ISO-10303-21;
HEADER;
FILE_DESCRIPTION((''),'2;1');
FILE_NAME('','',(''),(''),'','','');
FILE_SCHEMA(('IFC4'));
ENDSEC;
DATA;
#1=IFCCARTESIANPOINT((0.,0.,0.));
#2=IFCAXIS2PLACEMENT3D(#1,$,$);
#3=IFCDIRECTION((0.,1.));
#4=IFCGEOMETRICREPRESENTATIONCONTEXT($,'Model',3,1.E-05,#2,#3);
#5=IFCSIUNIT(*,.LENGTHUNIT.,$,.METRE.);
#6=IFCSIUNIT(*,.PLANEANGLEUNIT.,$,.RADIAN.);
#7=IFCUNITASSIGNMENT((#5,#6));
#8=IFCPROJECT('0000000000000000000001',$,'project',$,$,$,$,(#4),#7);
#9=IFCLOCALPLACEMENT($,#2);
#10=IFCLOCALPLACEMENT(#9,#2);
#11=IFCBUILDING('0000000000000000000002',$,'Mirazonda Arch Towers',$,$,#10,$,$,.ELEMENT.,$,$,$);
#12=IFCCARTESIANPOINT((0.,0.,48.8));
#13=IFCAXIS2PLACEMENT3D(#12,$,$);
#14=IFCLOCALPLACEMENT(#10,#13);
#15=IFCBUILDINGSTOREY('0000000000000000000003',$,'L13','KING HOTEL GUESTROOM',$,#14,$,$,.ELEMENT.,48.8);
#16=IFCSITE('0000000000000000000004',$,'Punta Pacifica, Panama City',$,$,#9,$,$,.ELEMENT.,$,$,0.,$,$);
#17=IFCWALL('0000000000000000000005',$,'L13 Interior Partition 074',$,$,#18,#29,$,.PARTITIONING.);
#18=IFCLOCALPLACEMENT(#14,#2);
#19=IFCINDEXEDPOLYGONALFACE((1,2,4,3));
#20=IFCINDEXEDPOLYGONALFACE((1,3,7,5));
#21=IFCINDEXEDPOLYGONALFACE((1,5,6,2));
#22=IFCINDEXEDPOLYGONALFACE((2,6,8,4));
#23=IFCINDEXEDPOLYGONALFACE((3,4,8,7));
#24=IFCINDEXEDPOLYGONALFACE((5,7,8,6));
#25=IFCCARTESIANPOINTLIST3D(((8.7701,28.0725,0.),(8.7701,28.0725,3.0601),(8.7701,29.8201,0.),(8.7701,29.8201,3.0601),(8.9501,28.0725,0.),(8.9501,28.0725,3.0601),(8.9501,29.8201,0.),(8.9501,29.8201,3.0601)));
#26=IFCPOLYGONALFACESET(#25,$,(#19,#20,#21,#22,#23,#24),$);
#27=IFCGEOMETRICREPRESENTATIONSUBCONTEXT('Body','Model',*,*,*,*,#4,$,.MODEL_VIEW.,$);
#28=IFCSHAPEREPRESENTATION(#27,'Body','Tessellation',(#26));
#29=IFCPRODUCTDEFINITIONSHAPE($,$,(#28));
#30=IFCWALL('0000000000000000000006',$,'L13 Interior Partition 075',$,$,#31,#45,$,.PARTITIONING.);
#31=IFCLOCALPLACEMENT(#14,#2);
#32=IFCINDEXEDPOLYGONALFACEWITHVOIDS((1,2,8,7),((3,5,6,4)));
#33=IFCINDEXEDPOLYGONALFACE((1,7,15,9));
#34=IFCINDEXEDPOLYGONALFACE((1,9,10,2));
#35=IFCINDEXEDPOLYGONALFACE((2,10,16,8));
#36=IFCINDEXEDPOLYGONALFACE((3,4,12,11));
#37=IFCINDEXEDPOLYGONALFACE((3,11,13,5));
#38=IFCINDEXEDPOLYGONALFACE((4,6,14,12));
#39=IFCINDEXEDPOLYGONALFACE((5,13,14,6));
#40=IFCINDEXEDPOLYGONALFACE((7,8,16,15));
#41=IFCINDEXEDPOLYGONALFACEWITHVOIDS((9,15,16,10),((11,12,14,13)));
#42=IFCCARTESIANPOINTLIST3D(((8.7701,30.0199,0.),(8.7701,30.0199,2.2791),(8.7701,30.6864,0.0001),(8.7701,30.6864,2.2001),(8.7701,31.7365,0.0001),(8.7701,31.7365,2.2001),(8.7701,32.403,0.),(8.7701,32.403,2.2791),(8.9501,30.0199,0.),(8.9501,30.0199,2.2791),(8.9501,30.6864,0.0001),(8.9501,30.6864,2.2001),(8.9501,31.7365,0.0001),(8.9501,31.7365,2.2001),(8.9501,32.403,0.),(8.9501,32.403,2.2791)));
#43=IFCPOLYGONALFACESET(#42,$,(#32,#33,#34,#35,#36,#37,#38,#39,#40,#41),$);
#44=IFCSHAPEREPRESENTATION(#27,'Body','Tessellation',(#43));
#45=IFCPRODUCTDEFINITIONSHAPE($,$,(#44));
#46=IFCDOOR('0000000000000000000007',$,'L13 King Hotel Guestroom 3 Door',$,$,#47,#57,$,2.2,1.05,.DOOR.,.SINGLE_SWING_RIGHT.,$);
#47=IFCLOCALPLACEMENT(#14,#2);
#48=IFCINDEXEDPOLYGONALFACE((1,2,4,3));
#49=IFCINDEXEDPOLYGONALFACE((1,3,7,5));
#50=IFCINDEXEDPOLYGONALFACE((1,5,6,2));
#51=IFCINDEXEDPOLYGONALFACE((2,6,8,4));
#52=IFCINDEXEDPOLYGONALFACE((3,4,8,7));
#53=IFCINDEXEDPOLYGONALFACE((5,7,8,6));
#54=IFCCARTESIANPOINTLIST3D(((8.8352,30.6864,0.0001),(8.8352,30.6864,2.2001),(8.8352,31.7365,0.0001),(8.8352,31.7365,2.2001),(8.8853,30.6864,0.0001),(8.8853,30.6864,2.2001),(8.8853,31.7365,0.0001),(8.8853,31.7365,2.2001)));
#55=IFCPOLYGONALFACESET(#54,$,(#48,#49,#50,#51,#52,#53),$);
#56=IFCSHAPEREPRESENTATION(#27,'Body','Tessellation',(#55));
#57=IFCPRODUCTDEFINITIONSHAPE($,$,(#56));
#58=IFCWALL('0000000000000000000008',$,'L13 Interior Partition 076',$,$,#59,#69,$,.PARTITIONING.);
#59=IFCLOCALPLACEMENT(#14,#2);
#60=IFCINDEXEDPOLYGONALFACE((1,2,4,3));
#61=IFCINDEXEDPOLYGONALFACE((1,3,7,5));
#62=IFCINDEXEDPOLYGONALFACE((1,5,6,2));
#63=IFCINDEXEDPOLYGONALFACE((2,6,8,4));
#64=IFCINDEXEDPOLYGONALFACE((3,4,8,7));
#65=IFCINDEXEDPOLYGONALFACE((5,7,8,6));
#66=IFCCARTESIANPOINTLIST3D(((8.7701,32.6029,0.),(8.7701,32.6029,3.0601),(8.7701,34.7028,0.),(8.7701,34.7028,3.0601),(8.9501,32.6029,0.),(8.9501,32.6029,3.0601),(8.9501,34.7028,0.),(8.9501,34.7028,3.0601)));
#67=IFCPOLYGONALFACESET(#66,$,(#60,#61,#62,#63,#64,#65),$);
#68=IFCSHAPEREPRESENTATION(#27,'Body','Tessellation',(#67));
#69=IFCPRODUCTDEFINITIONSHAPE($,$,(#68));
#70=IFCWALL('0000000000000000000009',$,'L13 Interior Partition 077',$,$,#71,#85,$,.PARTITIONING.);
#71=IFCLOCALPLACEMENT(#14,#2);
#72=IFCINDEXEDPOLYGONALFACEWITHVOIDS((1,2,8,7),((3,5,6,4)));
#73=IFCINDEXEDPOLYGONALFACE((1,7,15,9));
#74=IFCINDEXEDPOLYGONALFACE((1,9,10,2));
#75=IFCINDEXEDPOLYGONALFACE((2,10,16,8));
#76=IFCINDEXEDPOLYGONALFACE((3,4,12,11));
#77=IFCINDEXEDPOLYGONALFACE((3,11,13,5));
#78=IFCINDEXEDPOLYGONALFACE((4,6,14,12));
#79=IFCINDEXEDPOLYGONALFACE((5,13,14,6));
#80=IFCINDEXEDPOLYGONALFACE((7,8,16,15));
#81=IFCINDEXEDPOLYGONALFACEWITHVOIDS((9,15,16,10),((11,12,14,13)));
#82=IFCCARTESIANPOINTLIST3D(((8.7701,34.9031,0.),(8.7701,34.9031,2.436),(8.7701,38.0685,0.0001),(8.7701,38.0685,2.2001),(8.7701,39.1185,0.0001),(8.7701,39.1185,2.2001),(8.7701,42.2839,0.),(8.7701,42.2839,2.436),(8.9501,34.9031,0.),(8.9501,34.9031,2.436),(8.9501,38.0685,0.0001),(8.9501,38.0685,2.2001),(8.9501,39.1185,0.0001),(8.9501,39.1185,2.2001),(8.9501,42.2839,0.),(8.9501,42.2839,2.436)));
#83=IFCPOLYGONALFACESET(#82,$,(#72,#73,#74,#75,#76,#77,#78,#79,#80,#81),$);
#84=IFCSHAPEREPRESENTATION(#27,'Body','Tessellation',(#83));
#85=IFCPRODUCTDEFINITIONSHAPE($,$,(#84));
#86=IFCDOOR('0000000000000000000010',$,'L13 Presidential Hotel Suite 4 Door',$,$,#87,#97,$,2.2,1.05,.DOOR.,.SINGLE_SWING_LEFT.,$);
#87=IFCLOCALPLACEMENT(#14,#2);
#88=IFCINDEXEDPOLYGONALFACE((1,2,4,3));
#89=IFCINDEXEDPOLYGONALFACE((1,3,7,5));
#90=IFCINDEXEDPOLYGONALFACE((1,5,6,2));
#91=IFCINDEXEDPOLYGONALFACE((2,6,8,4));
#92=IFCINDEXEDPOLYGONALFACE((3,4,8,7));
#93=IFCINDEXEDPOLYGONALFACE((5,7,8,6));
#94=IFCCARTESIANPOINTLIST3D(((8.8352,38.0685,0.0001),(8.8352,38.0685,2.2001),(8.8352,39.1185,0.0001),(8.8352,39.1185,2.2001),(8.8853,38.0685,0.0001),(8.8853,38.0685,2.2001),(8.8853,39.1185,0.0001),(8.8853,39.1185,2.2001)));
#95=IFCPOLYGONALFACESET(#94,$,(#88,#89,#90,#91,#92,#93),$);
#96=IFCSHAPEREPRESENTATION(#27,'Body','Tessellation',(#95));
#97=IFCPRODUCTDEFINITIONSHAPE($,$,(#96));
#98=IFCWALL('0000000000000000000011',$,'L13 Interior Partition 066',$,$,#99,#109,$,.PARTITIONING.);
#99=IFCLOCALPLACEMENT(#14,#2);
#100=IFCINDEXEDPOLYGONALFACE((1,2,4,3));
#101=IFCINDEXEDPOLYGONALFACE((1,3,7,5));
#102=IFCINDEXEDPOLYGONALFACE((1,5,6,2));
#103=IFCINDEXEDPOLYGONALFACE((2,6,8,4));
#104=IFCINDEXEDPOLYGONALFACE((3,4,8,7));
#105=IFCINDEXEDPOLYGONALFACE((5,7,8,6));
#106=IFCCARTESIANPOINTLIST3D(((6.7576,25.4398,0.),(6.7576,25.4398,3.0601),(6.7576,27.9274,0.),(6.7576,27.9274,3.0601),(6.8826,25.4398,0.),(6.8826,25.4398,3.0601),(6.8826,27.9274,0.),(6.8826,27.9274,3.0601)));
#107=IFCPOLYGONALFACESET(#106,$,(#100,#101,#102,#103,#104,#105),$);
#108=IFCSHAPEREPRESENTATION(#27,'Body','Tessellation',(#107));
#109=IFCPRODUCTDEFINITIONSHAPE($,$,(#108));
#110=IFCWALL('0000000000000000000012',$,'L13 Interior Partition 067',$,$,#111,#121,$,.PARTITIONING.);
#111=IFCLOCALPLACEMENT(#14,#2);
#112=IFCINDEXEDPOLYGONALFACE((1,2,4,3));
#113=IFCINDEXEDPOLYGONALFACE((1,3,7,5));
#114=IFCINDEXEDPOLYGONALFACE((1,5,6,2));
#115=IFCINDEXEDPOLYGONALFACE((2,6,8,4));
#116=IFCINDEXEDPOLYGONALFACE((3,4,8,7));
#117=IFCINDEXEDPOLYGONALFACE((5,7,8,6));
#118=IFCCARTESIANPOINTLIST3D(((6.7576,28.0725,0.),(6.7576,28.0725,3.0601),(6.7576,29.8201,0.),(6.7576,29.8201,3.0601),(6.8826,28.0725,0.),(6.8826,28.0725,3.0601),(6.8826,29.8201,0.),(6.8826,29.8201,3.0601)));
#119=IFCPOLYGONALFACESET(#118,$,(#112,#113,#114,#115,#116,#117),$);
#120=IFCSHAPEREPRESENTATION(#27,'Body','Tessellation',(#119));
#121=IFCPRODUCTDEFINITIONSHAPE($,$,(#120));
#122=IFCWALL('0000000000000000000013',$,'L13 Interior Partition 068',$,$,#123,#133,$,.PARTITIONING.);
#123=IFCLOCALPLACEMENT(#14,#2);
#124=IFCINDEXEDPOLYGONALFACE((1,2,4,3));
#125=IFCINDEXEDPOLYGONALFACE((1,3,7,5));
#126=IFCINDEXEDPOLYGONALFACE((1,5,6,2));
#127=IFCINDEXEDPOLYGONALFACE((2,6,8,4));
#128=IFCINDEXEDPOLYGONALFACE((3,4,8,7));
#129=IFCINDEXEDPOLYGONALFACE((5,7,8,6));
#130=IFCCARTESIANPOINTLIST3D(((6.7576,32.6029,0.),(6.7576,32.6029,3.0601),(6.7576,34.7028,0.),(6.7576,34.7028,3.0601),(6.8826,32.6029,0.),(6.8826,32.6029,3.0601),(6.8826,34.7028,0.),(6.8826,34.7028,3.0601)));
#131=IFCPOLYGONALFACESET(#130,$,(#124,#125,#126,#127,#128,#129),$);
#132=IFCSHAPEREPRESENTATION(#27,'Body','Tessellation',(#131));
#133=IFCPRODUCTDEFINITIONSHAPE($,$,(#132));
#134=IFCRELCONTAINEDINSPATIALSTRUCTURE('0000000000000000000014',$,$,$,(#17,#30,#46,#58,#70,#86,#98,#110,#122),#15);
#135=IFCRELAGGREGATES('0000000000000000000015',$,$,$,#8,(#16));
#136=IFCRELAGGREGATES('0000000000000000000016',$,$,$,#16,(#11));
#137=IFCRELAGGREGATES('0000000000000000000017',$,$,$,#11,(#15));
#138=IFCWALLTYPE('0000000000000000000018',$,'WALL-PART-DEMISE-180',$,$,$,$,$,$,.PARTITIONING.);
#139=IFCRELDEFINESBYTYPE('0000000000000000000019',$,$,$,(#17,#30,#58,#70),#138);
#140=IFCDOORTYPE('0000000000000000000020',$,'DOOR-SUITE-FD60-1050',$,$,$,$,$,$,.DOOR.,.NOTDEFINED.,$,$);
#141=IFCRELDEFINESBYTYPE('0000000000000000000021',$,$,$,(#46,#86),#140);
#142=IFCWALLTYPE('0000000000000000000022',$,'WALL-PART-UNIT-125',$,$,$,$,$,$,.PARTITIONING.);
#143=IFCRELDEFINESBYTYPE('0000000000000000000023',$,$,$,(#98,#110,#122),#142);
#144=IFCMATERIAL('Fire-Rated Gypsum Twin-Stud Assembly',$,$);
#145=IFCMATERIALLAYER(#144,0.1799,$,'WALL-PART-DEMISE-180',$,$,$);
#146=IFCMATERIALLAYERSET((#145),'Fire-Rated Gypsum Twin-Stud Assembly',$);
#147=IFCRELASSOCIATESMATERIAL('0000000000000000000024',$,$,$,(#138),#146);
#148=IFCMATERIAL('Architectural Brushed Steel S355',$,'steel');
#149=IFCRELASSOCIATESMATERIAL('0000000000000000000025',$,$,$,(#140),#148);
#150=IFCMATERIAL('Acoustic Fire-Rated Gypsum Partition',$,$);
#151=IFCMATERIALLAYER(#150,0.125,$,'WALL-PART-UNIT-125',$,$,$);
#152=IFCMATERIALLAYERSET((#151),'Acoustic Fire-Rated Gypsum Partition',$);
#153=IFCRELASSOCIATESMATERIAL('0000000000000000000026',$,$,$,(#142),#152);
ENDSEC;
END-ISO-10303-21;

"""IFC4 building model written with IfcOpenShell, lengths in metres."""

from ifc_helpers import new_model, si_unit, direction, frame, frame_2d, origin, place, context, subcontext, project, spatial, rectangle, extrude, material, layer, layer_set, type_object, element, fill, save


model = new_model("IFC4")

# Units and contexts
model_context = context("Model", 3, precision=1e-05, world=origin(), true_north=direction((0.0, 1.0)))
body_context = subcontext(model_context, "Body", "Model", "MODEL_VIEW")
ifc_project = project(units=[si_unit("LENGTHUNIT", "METRE"), si_unit("PLANEANGLEUNIT", "RADIAN")], contexts=[model_context])

# Site, building, storey
site_placement = place(None, origin())
site = spatial("IfcSite", under=ifc_project, at=site_placement, Name="Punta Pacifica, Panama City", CompositionType="ELEMENT", RefElevation=0.0)
building_placement = place(site_placement, origin())
building = spatial("IfcBuilding", under=site, at=building_placement, Name="Mirazonda Arch Towers", CompositionType="ELEMENT")
storey_placement = place(building_placement, frame((0.0, 0.0, 48.8)))
storey = spatial("IfcBuildingStorey", under=building, at=storey_placement, Name="L13", Description="KING HOTEL GUESTROOM", CompositionType="ELEMENT", Elevation=48.8)

# Shared definitions
ifc_material_1 = material(Name="Architectural Brushed Steel S355", Category="steel")

# Wall
ifc_material_2 = material(Name="Fire-Rated Gypsum Twin-Stud Assembly")
ifc_layer_1 = layer(ifc_material_2, 0.1799, Name="WALL-PART-DEMISE-180")
ifc_layer_set_1 = layer_set([ifc_layer_1], Name="Fire-Rated Gypsum Twin-Stud Assembly")
wall_type_1 = type_object("IfcWallType", Name="WALL-PART-DEMISE-180", PredefinedType="PARTITIONING", material=ifc_layer_set_1)
wall_1_placement = place(storey_placement, frame((8.8601, 28.0725, 0.0), z_axis=(0.0, 0.0, 1.0), x_axis=(0.0, 1.0, 0.0)))
element("IfcWall", 1, at=wall_1_placement, inside=storey, type_object=wall_type_1, Name="L13 Interior Partition 074", PredefinedType="PARTITIONING", context=body_context, shape_type="SweptSolid", body=[
    extrude(rectangle(XDim=1.7476, YDim=0.1799, at=frame_2d((0.8738, 0.0))), origin(), (0.0, 0.0, 1.0), 3.0601),
])

# Wall, opening, door
wall_2_placement = place(storey_placement, frame((8.8601, 30.02, 0.0), z_axis=(0.0, 0.0, 1.0), x_axis=(0.0, 1.0, 0.0)))
wall_2 = element("IfcWall", 2, at=wall_2_placement, inside=storey, type_object=wall_type_1, Name="L13 Interior Partition 075", PredefinedType="PARTITIONING", context=body_context, shape_type="SweptSolid", body=[
    extrude(rectangle(XDim=2.3831, YDim=0.1799, at=frame_2d((1.1914, 0.0))), origin(), (0.0, 0.0, 1.0), 2.2791),
])
opening_1_placement = place(wall_2_placement, frame((0.6665, 0.0, 0.0)))
opening_1 = element("IfcOpeningElement", 3, at=opening_1_placement, cuts=wall_2, PredefinedType="OPENING", context=body_context, shape_type="SweptSolid", body=[
    extrude(rectangle(XDim=1.05, YDim=2.2, at=frame_2d((0.5249, 1.1001))), frame((0.0, 0.0999, 0.0), z_axis=(0.0, -1.0, 0.0), x_axis=(1.0, 0.0, 0.0)), (0.0, 0.0, 1.0), 0.2),
])
door_type_1 = type_object("IfcDoorType", Name="DOOR-SUITE-FD60-1050", OperationType="NOTDEFINED", PredefinedType="DOOR", material=ifc_material_1)
door_1_placement = place(opening_1_placement, origin())
door_1 = element("IfcDoor", 4, at=door_1_placement, inside=storey, type_object=door_type_1, Name="L13 King Hotel Guestroom 3 Door", OperationType="SINGLE_SWING_RIGHT", OverallHeight=2.2, OverallWidth=1.05, PredefinedType="DOOR", context=body_context, shape_type="SweptSolid", body=[
    extrude(rectangle(XDim=1.05, YDim=2.2, at=frame_2d((0.5249, 1.1001))), frame((0.0, 0.0249, 0.0), z_axis=(0.0, -1.0, 0.0), x_axis=(1.0, 0.0, 0.0)), (0.0, 0.0, 1.0), 0.05),
])
fill(opening_1, door_1)

# Wall
wall_3_placement = place(storey_placement, frame((8.8601, 32.603, 0.0), z_axis=(0.0, 0.0, 1.0), x_axis=(0.0, 1.0, 0.0)))
element("IfcWall", 5, at=wall_3_placement, inside=storey, type_object=wall_type_1, Name="L13 Interior Partition 076", PredefinedType="PARTITIONING", context=body_context, shape_type="SweptSolid", body=[
    extrude(rectangle(XDim=2.0999, YDim=0.1799, at=frame_2d((1.0498, 0.0))), origin(), (0.0, 0.0, 1.0), 3.0601),
])

# Wall, opening, door
wall_4_placement = place(storey_placement, frame((8.8601, 34.9031, 0.0), z_axis=(0.0, 0.0, 1.0), x_axis=(0.0, 1.0, 0.0)))
wall_4 = element("IfcWall", 6, at=wall_4_placement, inside=storey, type_object=wall_type_1, Name="L13 Interior Partition 077", PredefinedType="PARTITIONING", context=body_context, shape_type="SweptSolid", body=[
    extrude(rectangle(XDim=7.3809, YDim=0.1799, at=frame_2d((3.6904, 0.0))), origin(), (0.0, 0.0, 1.0), 2.436),
])
opening_2_placement = place(wall_4_placement, frame((3.1655, 0.0, 0.0)))
opening_2 = element("IfcOpeningElement", 7, at=opening_2_placement, cuts=wall_4, PredefinedType="OPENING", context=body_context, shape_type="SweptSolid", body=[
    extrude(rectangle(XDim=1.05, YDim=2.2, at=frame_2d((0.5249, 1.1001))), frame((0.0, 0.0999, 0.0), z_axis=(0.0, -1.0, 0.0), x_axis=(1.0, 0.0, 0.0)), (0.0, 0.0, 1.0), 0.2),
])
door_2_placement = place(opening_2_placement, origin())
door_2 = element("IfcDoor", 8, at=door_2_placement, inside=storey, type_object=door_type_1, Name="L13 Presidential Hotel Suite 4 Door", OperationType="SINGLE_SWING_LEFT", OverallHeight=2.2, OverallWidth=1.05, PredefinedType="DOOR", context=body_context, shape_type="SweptSolid", body=[
    extrude(rectangle(XDim=1.05, YDim=2.2, at=frame_2d((0.5249, 1.1001))), frame((0.0, 0.0249, 0.0), z_axis=(0.0, -1.0, 0.0), x_axis=(1.0, 0.0, 0.0)), (0.0, 0.0, 1.0), 0.05),
])
fill(opening_2, door_2)

# Walls
ifc_material_3 = material(Name="Acoustic Fire-Rated Gypsum Partition")
ifc_layer_2 = layer(ifc_material_3, 0.125, Name="WALL-PART-UNIT-125")
ifc_layer_set_2 = layer_set([ifc_layer_2], Name="Acoustic Fire-Rated Gypsum Partition")
wall_type_2 = type_object("IfcWallType", Name="WALL-PART-UNIT-125", PredefinedType="PARTITIONING", material=ifc_layer_set_2)
wall_5_placement = place(storey_placement, frame((6.8201, 25.4399, 0.0), z_axis=(0.0, 0.0, 1.0), x_axis=(0.0, 1.0, 0.0)))
element("IfcWall", 9, at=wall_5_placement, inside=storey, type_object=wall_type_2, Name="L13 Interior Partition 066", PredefinedType="PARTITIONING", context=body_context, shape_type="SweptSolid", body=[
    extrude(rectangle(XDim=2.4875, YDim=0.125, at=frame_2d((1.2437, 0.0))), origin(), (0.0, 0.0, 1.0), 3.0601),
])
wall_6_placement = place(storey_placement, frame((6.8201, 28.0725, 0.0), z_axis=(0.0, 0.0, 1.0), x_axis=(0.0, 1.0, 0.0)))
element("IfcWall", 10, at=wall_6_placement, inside=storey, type_object=wall_type_2, Name="L13 Interior Partition 067", PredefinedType="PARTITIONING", context=body_context, shape_type="SweptSolid", body=[
    extrude(rectangle(XDim=1.7476, YDim=0.125, at=frame_2d((0.8738, 0.0))), origin(), (0.0, 0.0, 1.0), 3.0601),
])
wall_7_placement = place(storey_placement, frame((6.8201, 32.603, 0.0), z_axis=(0.0, 0.0, 1.0), x_axis=(0.0, 1.0, 0.0)))
element("IfcWall", 11, at=wall_7_placement, inside=storey, type_object=wall_type_2, Name="L13 Interior Partition 068", PredefinedType="PARTITIONING", context=body_context, shape_type="SweptSolid", body=[
    extrude(rectangle(XDim=2.0999, YDim=0.125, at=frame_2d((1.0498, 0.0))), origin(), (0.0, 0.0, 1.0), 3.0601),
])

save(model, "model.ifc")
